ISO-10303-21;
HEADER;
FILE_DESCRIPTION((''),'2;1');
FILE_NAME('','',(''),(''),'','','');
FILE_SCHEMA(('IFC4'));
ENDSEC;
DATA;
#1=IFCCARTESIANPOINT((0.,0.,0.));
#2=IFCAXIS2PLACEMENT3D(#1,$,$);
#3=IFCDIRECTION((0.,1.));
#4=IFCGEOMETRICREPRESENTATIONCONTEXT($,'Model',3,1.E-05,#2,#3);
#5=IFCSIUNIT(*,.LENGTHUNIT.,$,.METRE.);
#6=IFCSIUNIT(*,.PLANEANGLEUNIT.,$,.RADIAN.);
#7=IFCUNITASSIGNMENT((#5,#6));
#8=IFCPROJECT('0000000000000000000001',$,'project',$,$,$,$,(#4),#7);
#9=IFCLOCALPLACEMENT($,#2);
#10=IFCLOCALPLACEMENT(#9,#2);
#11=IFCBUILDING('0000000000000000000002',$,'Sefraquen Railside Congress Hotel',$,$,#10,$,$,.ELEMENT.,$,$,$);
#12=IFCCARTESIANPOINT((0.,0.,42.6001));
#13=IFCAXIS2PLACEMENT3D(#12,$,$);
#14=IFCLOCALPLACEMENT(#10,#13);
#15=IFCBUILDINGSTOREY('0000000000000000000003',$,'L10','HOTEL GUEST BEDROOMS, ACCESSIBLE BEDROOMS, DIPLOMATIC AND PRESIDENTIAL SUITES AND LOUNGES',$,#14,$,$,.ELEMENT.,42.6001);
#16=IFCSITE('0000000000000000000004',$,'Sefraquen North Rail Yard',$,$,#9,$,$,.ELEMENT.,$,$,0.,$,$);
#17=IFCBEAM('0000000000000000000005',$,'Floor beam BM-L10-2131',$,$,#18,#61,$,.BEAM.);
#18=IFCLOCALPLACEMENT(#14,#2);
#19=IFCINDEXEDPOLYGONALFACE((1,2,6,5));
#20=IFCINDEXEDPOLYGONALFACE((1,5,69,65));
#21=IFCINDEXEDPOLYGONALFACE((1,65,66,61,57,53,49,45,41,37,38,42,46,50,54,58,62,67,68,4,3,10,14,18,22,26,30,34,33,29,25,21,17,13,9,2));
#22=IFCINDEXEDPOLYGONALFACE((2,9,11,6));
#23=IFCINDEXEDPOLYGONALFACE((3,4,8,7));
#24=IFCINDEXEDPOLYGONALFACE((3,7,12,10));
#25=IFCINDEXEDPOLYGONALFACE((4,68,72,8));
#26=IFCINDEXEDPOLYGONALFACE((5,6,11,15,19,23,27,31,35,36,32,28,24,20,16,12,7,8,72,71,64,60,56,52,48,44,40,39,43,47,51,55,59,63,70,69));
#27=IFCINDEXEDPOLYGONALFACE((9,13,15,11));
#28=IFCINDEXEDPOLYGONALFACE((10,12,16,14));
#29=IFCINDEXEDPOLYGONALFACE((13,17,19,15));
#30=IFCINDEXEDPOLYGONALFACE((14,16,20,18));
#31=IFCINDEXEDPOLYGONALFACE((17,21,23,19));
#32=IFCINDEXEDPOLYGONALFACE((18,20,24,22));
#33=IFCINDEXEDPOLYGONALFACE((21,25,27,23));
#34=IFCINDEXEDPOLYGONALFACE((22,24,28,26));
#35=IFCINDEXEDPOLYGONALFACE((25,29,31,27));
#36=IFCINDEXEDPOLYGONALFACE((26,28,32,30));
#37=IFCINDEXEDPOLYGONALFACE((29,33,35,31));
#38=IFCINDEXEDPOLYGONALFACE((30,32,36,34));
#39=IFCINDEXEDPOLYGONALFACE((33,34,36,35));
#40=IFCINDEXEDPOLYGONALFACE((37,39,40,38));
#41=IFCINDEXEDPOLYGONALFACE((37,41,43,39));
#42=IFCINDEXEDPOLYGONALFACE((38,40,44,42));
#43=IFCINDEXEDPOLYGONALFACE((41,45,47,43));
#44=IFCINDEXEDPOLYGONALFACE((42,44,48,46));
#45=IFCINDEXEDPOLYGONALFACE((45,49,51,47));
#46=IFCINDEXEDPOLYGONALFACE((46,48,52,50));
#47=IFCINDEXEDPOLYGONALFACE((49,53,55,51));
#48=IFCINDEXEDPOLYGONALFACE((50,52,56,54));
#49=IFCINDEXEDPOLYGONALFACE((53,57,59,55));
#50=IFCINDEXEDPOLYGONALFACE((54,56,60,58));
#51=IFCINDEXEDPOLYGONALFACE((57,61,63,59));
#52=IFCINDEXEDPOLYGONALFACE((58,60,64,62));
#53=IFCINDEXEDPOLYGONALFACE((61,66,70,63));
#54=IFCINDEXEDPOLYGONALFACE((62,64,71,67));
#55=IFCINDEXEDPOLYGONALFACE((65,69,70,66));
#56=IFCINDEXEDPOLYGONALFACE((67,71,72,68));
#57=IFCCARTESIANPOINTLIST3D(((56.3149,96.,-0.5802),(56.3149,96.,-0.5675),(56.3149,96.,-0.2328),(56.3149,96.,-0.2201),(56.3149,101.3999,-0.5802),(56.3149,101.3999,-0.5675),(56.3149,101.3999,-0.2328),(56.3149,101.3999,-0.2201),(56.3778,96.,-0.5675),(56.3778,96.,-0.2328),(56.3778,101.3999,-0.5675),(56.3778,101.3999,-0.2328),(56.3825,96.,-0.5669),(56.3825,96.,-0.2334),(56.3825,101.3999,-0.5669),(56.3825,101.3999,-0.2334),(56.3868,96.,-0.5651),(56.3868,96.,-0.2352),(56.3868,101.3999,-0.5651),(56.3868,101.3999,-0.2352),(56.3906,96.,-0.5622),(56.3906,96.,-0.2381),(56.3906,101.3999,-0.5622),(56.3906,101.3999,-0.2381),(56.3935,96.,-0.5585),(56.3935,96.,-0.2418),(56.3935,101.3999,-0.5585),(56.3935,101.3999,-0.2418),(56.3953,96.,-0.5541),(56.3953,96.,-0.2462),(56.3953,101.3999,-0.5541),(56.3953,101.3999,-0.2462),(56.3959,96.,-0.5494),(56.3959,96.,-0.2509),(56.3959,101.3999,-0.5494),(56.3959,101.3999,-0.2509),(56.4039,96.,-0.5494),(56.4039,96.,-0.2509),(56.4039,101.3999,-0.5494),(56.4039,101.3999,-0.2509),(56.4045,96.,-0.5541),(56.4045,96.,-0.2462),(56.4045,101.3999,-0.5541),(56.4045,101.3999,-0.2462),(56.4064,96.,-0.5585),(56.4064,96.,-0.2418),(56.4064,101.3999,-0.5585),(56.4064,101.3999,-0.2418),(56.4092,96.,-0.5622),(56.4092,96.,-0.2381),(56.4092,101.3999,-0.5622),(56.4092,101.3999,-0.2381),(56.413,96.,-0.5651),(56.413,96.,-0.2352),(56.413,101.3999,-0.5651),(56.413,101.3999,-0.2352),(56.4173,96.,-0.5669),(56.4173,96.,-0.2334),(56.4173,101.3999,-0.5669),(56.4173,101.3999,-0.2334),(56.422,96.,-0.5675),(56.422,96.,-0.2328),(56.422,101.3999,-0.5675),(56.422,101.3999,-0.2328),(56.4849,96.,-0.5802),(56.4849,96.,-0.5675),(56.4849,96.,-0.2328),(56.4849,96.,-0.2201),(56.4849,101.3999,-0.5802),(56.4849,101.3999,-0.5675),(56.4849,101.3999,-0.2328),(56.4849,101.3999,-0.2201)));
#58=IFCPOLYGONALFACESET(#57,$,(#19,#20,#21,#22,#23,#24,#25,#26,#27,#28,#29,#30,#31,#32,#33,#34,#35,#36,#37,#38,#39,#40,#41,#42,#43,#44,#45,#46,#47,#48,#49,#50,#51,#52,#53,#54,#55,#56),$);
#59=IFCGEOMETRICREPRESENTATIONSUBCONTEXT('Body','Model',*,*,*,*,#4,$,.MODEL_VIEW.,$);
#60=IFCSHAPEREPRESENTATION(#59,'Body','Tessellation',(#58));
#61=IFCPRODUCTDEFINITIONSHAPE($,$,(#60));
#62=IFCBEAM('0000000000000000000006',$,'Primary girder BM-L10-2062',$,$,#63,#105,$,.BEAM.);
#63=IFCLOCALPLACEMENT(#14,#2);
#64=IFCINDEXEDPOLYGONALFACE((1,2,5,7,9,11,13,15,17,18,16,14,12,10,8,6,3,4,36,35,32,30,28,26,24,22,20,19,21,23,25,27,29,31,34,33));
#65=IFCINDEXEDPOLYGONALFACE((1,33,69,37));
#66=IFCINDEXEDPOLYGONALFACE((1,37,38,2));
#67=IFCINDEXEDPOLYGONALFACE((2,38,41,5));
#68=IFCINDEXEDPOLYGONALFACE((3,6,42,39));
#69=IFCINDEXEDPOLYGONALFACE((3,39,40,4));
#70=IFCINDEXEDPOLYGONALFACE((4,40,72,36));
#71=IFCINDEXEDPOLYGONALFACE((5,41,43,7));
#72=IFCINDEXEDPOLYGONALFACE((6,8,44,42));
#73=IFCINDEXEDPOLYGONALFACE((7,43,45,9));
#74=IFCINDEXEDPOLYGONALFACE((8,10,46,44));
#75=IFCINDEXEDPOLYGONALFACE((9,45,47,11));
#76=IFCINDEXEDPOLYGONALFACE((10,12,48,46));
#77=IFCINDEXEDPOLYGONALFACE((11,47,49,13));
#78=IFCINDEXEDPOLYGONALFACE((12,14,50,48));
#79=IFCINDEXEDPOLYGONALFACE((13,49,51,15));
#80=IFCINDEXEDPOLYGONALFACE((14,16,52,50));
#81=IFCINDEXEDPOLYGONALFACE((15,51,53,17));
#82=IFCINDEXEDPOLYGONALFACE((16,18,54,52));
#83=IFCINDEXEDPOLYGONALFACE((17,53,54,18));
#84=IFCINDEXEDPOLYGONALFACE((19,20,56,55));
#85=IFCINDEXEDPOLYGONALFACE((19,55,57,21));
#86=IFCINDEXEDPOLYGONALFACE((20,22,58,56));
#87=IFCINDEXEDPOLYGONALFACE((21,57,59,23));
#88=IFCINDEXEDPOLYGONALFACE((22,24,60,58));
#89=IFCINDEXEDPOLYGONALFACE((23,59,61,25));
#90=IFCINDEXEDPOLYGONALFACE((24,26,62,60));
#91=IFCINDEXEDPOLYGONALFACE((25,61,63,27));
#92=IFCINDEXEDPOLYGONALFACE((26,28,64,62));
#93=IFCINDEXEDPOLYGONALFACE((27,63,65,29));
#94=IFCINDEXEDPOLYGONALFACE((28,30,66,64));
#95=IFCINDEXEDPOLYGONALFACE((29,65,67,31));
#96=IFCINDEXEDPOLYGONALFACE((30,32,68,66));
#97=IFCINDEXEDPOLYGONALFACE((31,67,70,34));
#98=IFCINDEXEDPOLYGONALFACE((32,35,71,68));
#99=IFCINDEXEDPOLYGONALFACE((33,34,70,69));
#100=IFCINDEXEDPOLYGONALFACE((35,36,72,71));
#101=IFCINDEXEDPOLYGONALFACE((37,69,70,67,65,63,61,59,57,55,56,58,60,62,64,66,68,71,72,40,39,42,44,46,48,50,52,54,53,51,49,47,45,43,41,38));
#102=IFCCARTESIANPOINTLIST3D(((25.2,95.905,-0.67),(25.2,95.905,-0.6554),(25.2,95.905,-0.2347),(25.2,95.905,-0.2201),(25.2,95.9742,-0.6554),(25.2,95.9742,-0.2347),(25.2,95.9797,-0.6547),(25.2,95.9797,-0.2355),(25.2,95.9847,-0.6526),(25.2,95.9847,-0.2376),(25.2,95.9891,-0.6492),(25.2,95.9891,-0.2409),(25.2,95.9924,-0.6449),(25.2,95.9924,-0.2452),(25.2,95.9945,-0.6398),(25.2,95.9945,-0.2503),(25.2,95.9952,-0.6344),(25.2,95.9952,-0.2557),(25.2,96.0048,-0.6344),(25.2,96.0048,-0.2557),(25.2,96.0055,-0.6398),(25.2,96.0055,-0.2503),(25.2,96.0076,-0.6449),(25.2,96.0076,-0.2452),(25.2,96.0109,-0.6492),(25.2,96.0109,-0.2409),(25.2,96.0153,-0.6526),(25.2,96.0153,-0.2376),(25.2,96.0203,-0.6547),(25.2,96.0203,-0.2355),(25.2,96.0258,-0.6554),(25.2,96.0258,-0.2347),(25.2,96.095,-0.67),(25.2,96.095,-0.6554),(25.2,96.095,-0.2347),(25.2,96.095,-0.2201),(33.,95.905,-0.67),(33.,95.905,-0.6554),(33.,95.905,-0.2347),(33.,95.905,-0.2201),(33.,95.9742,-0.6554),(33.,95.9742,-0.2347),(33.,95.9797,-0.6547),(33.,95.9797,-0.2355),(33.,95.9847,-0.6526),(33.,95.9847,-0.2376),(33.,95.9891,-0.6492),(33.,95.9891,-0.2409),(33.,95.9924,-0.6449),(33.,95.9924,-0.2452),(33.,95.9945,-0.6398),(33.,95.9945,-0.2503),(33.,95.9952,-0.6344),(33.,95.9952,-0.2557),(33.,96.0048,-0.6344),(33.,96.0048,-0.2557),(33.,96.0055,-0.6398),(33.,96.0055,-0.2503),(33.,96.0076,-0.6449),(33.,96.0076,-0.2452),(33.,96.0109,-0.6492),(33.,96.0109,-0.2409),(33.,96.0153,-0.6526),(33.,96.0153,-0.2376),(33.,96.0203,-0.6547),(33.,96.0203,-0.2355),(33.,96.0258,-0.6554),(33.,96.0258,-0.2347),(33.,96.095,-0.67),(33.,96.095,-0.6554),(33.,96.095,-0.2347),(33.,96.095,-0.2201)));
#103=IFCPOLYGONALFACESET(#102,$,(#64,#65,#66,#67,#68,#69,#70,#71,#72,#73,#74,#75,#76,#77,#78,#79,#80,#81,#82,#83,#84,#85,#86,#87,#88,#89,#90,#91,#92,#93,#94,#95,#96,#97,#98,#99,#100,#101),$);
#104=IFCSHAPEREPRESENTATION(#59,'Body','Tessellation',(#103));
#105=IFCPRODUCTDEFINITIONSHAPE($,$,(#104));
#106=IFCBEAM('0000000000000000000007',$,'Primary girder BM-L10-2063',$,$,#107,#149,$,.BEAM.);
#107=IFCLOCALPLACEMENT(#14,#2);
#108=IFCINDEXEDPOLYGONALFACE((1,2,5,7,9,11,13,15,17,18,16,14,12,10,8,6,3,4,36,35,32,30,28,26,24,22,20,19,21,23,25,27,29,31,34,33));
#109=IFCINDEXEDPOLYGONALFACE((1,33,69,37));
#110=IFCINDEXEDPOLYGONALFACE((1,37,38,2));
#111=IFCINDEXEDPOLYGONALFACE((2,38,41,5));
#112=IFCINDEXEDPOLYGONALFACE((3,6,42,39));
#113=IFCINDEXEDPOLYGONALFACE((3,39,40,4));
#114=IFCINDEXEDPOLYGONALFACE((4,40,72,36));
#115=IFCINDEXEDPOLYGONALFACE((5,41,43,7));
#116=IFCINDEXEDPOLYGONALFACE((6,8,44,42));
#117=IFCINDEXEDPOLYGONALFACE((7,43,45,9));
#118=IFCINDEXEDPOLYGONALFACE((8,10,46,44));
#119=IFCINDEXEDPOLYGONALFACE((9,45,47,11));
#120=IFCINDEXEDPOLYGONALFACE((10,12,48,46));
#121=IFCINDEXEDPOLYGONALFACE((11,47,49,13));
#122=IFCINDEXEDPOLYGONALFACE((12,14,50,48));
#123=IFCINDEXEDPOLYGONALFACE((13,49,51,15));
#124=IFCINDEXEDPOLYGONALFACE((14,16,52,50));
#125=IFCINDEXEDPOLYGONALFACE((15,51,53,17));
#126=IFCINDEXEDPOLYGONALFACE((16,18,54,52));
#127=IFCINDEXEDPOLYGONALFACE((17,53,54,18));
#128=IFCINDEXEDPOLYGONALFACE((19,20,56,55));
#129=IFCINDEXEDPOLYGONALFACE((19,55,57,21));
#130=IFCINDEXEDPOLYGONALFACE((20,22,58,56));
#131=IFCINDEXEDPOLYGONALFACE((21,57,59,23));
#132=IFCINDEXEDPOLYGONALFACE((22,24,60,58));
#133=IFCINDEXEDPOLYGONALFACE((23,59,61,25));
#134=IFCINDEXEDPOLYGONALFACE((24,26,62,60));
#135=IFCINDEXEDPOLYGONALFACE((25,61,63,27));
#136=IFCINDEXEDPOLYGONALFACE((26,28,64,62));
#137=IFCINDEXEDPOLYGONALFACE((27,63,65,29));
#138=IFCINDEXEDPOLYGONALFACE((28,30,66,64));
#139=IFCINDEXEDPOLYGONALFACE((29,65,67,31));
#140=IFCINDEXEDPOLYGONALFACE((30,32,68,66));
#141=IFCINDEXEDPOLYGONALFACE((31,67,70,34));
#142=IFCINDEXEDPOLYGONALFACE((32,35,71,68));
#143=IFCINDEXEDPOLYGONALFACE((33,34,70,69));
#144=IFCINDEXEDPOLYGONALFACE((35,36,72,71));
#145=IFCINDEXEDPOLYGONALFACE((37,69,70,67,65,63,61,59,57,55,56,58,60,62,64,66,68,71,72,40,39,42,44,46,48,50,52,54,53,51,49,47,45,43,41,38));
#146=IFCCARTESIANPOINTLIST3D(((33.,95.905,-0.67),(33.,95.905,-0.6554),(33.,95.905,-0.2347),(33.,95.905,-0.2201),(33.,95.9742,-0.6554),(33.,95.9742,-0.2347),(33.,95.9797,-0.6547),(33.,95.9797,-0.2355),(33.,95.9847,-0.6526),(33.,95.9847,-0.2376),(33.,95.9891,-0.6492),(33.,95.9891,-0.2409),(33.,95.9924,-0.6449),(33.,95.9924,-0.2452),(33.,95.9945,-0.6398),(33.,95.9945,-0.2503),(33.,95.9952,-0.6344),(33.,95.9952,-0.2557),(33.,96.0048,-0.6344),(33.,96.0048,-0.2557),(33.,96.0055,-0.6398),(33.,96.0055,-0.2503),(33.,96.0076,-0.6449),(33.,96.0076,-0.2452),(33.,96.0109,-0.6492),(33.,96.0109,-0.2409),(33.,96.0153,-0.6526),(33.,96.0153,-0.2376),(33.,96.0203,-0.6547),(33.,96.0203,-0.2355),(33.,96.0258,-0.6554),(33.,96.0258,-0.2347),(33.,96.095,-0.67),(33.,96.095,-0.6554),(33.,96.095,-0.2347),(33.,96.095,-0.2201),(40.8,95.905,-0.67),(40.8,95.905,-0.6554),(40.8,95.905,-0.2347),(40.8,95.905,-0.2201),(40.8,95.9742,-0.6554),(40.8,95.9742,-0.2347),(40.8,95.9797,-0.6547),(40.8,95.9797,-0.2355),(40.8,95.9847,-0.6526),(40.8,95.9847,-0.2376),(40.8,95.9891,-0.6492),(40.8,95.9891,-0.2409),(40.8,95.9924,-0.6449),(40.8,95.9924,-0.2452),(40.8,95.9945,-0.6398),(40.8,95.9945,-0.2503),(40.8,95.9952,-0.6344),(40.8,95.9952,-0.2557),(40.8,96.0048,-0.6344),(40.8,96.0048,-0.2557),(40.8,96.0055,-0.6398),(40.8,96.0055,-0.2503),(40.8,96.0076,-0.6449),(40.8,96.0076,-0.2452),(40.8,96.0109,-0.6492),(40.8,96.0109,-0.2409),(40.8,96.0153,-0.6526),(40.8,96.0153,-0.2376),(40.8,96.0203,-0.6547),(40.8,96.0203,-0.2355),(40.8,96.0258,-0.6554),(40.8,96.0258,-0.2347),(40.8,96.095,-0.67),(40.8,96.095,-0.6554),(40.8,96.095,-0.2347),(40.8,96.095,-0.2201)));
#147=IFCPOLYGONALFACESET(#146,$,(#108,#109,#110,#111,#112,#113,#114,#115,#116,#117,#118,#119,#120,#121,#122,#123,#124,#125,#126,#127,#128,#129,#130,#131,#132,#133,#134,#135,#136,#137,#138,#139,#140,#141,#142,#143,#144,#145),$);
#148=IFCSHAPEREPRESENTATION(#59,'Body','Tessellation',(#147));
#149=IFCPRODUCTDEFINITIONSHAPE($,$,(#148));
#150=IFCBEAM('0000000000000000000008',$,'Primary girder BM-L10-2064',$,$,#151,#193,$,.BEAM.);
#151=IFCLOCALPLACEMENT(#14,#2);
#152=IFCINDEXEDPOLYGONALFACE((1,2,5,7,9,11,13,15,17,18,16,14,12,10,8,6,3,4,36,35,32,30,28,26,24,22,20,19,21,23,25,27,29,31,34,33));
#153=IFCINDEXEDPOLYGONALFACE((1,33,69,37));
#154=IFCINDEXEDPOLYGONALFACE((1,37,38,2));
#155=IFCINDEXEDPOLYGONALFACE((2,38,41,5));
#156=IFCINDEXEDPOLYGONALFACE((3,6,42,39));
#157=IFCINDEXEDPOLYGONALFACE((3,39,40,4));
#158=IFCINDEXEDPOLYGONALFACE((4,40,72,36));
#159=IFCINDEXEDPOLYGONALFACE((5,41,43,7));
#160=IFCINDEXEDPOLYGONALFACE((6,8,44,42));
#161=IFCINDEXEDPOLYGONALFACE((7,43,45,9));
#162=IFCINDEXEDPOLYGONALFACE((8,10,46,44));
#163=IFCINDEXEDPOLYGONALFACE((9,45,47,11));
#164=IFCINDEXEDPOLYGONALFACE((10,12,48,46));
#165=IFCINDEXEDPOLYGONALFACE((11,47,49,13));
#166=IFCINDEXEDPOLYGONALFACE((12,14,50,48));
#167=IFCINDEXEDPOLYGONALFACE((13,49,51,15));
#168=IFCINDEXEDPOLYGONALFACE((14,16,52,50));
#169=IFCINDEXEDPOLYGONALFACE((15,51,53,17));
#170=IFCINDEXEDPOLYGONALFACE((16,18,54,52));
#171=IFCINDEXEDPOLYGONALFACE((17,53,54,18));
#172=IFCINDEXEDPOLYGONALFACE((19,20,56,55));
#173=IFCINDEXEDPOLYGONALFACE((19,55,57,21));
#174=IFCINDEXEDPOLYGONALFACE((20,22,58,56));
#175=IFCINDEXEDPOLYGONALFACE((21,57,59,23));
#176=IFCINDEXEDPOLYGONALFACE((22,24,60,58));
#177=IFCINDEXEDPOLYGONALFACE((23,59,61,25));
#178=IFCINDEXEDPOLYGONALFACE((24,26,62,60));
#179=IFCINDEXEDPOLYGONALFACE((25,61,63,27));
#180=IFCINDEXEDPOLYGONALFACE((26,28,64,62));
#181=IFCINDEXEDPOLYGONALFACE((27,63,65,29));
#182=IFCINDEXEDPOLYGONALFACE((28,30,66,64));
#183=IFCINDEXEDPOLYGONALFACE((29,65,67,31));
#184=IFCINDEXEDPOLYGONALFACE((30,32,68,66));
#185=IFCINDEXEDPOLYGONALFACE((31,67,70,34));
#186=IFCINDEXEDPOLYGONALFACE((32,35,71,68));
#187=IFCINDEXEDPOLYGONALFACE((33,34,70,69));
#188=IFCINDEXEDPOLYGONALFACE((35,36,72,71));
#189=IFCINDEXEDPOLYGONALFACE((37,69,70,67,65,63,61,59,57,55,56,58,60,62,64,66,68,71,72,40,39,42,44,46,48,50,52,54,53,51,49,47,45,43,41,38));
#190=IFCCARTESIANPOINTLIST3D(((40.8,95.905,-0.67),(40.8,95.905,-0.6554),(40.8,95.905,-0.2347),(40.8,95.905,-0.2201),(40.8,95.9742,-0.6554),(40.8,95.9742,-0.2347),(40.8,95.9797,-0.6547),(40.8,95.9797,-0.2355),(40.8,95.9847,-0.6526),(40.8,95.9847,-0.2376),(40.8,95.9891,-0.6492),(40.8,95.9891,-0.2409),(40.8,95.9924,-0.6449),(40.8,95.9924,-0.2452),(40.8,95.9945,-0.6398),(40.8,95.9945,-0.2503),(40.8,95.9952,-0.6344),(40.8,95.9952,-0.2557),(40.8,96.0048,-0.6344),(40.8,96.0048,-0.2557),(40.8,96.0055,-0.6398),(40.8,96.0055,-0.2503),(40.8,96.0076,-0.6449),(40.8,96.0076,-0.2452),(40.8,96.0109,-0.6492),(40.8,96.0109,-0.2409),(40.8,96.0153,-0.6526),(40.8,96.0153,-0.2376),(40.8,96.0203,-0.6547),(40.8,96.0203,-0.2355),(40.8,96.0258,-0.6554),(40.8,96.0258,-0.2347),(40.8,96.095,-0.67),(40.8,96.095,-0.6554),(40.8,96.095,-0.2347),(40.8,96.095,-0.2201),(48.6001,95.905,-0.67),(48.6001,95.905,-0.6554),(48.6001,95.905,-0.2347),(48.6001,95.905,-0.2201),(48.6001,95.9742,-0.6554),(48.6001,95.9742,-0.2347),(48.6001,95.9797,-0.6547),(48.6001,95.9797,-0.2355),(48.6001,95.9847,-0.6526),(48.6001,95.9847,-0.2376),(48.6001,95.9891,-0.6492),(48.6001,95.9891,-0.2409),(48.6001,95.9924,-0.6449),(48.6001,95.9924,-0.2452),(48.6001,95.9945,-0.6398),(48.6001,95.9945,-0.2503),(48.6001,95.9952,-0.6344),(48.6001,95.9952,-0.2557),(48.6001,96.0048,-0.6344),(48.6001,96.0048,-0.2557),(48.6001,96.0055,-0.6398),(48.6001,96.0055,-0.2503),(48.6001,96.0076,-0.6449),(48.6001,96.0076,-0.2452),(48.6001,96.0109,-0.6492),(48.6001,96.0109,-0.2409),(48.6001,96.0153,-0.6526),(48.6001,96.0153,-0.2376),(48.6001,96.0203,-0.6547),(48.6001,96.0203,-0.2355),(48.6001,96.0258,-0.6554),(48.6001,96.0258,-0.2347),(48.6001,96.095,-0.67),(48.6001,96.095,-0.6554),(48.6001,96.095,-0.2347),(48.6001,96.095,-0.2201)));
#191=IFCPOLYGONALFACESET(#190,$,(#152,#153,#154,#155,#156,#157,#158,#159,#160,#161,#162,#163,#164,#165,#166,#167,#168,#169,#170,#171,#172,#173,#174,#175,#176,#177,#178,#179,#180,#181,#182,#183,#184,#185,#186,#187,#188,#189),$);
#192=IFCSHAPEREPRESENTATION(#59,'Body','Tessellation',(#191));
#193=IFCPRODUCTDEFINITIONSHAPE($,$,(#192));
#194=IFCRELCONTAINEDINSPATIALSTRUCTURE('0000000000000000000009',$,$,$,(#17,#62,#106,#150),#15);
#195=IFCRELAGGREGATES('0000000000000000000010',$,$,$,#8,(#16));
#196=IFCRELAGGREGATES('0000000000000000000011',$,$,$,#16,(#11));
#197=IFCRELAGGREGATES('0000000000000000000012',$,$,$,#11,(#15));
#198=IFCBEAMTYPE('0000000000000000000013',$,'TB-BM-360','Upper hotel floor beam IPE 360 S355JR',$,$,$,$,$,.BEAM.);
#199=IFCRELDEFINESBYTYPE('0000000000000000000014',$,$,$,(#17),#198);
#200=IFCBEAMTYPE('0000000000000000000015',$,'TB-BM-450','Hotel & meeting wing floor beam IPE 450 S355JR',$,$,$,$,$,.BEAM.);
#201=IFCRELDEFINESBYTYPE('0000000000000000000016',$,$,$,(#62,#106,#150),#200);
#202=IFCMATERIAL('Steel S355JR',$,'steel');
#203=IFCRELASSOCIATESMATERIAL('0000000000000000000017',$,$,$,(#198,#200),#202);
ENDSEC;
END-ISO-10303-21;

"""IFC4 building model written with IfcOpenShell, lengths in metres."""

from ifc_helpers import new_model, si_unit, direction, frame, origin, origin_2d, place, context, subcontext, project, spatial, i_section, extrude, material, material_profile, profile_set, type_object, element, save


model = new_model("IFC4")

# Units and contexts
model_context = context("Model", 3, precision=1e-05, world=origin(), true_north=direction((0.0, 1.0)))
body_context = subcontext(model_context, "Body", "Model", "MODEL_VIEW")
ifc_project = project(units=[si_unit("LENGTHUNIT", "METRE"), si_unit("PLANEANGLEUNIT", "RADIAN")], contexts=[model_context])

# Site, building, storey
site_placement = place(None, origin())
site = spatial("IfcSite", under=ifc_project, at=site_placement, Name="Sefraquen North Rail Yard", CompositionType="ELEMENT", RefElevation=0.0)
building_placement = place(site_placement, origin())
building = spatial("IfcBuilding", under=site, at=building_placement, Name="Sefraquen Railside Congress Hotel", CompositionType="ELEMENT")
storey_placement = place(building_placement, frame((0.0, 0.0, 42.6001)))
storey = spatial("IfcBuildingStorey", under=building, at=storey_placement, Name="L10", Description="HOTEL GUEST BEDROOMS, ACCESSIBLE BEDROOMS, DIPLOMATIC AND PRESIDENTIAL SUITES AND LOUNGES", CompositionType="ELEMENT", Elevation=42.6001)

# Shared definitions
ifc_material_1 = material(Name="Steel S355JR", Category="steel")

# Beams
ifc_material_profile_1 = material_profile(ifc_material_1, i_section(OverallWidth=0.1699, OverallDepth=0.3601, WebThickness=0.0081, FlangeThickness=0.0127, FilletRadius=0.0181, at=origin_2d()), Name="IPE 360")
ifc_profile_set_1 = profile_set([ifc_material_profile_1], Name="Steel S355JR")
beam_type_1 = type_object("IfcBeamType", Name="TB-BM-360", Description="Upper hotel floor beam IPE 360 S355JR", PredefinedType="BEAM", material=ifc_profile_set_1)
for number, where, z_axis, x_axis, name in (
    (1, (56.3999, 96.0, -0.4001), (0.0, 1.0, 0.0), (-1.0, 0.0, 0.0), "Floor beam BM-L10-2131"),
):
    element("IfcBeam", number, at=place(storey_placement, frame(where, z_axis=z_axis, x_axis=x_axis)), inside=storey, type_object=beam_type_1, Name=name, PredefinedType="BEAM", context=body_context, shape_type="SweptSolid", body=[
        extrude(i_section(OverallWidth=0.1699, OverallDepth=0.3601, WebThickness=0.0081, FlangeThickness=0.0127, FilletRadius=0.0181, at=origin_2d()), origin(), (0.0, 0.0, 1.0), 5.3999),
    ])
ifc_material_profile_2 = material_profile(ifc_material_1, i_section(OverallWidth=0.1899, OverallDepth=0.45, WebThickness=0.0095, FlangeThickness=0.0146, FilletRadius=0.021, at=origin_2d()), Name="IPE 450")
ifc_profile_set_2 = profile_set([ifc_material_profile_2], Name="Steel S355JR")
beam_type_2 = type_object("IfcBeamType", Name="TB-BM-450", Description="Hotel & meeting wing floor beam IPE 450 S355JR", PredefinedType="BEAM", material=ifc_profile_set_2)
for number, where, z_axis, x_axis, name in (
    (2, (25.2, 96.0, -0.4451), (1.0, 0.0, 0.0), (0.0, 1.0, 0.0), "Primary girder BM-L10-2062"),
    (3, (33.0, 96.0, -0.4451), (1.0, 0.0, 0.0), (0.0, 1.0, 0.0), "Primary girder BM-L10-2063"),
    (4, (40.8, 96.0, -0.4451), (1.0, 0.0, 0.0), (0.0, 1.0, 0.0), "Primary girder BM-L10-2064"),
):
    element("IfcBeam", number, at=place(storey_placement, frame(where, z_axis=z_axis, x_axis=x_axis)), inside=storey, type_object=beam_type_2, Name=name, PredefinedType="BEAM", context=body_context, shape_type="SweptSolid", body=[
        extrude(i_section(OverallWidth=0.1899, OverallDepth=0.45, WebThickness=0.0095, FlangeThickness=0.0146, FilletRadius=0.021, at=origin_2d()), origin(), (0.0, 0.0, 1.0), 7.8),
    ])

save(model, "model.ifc")
